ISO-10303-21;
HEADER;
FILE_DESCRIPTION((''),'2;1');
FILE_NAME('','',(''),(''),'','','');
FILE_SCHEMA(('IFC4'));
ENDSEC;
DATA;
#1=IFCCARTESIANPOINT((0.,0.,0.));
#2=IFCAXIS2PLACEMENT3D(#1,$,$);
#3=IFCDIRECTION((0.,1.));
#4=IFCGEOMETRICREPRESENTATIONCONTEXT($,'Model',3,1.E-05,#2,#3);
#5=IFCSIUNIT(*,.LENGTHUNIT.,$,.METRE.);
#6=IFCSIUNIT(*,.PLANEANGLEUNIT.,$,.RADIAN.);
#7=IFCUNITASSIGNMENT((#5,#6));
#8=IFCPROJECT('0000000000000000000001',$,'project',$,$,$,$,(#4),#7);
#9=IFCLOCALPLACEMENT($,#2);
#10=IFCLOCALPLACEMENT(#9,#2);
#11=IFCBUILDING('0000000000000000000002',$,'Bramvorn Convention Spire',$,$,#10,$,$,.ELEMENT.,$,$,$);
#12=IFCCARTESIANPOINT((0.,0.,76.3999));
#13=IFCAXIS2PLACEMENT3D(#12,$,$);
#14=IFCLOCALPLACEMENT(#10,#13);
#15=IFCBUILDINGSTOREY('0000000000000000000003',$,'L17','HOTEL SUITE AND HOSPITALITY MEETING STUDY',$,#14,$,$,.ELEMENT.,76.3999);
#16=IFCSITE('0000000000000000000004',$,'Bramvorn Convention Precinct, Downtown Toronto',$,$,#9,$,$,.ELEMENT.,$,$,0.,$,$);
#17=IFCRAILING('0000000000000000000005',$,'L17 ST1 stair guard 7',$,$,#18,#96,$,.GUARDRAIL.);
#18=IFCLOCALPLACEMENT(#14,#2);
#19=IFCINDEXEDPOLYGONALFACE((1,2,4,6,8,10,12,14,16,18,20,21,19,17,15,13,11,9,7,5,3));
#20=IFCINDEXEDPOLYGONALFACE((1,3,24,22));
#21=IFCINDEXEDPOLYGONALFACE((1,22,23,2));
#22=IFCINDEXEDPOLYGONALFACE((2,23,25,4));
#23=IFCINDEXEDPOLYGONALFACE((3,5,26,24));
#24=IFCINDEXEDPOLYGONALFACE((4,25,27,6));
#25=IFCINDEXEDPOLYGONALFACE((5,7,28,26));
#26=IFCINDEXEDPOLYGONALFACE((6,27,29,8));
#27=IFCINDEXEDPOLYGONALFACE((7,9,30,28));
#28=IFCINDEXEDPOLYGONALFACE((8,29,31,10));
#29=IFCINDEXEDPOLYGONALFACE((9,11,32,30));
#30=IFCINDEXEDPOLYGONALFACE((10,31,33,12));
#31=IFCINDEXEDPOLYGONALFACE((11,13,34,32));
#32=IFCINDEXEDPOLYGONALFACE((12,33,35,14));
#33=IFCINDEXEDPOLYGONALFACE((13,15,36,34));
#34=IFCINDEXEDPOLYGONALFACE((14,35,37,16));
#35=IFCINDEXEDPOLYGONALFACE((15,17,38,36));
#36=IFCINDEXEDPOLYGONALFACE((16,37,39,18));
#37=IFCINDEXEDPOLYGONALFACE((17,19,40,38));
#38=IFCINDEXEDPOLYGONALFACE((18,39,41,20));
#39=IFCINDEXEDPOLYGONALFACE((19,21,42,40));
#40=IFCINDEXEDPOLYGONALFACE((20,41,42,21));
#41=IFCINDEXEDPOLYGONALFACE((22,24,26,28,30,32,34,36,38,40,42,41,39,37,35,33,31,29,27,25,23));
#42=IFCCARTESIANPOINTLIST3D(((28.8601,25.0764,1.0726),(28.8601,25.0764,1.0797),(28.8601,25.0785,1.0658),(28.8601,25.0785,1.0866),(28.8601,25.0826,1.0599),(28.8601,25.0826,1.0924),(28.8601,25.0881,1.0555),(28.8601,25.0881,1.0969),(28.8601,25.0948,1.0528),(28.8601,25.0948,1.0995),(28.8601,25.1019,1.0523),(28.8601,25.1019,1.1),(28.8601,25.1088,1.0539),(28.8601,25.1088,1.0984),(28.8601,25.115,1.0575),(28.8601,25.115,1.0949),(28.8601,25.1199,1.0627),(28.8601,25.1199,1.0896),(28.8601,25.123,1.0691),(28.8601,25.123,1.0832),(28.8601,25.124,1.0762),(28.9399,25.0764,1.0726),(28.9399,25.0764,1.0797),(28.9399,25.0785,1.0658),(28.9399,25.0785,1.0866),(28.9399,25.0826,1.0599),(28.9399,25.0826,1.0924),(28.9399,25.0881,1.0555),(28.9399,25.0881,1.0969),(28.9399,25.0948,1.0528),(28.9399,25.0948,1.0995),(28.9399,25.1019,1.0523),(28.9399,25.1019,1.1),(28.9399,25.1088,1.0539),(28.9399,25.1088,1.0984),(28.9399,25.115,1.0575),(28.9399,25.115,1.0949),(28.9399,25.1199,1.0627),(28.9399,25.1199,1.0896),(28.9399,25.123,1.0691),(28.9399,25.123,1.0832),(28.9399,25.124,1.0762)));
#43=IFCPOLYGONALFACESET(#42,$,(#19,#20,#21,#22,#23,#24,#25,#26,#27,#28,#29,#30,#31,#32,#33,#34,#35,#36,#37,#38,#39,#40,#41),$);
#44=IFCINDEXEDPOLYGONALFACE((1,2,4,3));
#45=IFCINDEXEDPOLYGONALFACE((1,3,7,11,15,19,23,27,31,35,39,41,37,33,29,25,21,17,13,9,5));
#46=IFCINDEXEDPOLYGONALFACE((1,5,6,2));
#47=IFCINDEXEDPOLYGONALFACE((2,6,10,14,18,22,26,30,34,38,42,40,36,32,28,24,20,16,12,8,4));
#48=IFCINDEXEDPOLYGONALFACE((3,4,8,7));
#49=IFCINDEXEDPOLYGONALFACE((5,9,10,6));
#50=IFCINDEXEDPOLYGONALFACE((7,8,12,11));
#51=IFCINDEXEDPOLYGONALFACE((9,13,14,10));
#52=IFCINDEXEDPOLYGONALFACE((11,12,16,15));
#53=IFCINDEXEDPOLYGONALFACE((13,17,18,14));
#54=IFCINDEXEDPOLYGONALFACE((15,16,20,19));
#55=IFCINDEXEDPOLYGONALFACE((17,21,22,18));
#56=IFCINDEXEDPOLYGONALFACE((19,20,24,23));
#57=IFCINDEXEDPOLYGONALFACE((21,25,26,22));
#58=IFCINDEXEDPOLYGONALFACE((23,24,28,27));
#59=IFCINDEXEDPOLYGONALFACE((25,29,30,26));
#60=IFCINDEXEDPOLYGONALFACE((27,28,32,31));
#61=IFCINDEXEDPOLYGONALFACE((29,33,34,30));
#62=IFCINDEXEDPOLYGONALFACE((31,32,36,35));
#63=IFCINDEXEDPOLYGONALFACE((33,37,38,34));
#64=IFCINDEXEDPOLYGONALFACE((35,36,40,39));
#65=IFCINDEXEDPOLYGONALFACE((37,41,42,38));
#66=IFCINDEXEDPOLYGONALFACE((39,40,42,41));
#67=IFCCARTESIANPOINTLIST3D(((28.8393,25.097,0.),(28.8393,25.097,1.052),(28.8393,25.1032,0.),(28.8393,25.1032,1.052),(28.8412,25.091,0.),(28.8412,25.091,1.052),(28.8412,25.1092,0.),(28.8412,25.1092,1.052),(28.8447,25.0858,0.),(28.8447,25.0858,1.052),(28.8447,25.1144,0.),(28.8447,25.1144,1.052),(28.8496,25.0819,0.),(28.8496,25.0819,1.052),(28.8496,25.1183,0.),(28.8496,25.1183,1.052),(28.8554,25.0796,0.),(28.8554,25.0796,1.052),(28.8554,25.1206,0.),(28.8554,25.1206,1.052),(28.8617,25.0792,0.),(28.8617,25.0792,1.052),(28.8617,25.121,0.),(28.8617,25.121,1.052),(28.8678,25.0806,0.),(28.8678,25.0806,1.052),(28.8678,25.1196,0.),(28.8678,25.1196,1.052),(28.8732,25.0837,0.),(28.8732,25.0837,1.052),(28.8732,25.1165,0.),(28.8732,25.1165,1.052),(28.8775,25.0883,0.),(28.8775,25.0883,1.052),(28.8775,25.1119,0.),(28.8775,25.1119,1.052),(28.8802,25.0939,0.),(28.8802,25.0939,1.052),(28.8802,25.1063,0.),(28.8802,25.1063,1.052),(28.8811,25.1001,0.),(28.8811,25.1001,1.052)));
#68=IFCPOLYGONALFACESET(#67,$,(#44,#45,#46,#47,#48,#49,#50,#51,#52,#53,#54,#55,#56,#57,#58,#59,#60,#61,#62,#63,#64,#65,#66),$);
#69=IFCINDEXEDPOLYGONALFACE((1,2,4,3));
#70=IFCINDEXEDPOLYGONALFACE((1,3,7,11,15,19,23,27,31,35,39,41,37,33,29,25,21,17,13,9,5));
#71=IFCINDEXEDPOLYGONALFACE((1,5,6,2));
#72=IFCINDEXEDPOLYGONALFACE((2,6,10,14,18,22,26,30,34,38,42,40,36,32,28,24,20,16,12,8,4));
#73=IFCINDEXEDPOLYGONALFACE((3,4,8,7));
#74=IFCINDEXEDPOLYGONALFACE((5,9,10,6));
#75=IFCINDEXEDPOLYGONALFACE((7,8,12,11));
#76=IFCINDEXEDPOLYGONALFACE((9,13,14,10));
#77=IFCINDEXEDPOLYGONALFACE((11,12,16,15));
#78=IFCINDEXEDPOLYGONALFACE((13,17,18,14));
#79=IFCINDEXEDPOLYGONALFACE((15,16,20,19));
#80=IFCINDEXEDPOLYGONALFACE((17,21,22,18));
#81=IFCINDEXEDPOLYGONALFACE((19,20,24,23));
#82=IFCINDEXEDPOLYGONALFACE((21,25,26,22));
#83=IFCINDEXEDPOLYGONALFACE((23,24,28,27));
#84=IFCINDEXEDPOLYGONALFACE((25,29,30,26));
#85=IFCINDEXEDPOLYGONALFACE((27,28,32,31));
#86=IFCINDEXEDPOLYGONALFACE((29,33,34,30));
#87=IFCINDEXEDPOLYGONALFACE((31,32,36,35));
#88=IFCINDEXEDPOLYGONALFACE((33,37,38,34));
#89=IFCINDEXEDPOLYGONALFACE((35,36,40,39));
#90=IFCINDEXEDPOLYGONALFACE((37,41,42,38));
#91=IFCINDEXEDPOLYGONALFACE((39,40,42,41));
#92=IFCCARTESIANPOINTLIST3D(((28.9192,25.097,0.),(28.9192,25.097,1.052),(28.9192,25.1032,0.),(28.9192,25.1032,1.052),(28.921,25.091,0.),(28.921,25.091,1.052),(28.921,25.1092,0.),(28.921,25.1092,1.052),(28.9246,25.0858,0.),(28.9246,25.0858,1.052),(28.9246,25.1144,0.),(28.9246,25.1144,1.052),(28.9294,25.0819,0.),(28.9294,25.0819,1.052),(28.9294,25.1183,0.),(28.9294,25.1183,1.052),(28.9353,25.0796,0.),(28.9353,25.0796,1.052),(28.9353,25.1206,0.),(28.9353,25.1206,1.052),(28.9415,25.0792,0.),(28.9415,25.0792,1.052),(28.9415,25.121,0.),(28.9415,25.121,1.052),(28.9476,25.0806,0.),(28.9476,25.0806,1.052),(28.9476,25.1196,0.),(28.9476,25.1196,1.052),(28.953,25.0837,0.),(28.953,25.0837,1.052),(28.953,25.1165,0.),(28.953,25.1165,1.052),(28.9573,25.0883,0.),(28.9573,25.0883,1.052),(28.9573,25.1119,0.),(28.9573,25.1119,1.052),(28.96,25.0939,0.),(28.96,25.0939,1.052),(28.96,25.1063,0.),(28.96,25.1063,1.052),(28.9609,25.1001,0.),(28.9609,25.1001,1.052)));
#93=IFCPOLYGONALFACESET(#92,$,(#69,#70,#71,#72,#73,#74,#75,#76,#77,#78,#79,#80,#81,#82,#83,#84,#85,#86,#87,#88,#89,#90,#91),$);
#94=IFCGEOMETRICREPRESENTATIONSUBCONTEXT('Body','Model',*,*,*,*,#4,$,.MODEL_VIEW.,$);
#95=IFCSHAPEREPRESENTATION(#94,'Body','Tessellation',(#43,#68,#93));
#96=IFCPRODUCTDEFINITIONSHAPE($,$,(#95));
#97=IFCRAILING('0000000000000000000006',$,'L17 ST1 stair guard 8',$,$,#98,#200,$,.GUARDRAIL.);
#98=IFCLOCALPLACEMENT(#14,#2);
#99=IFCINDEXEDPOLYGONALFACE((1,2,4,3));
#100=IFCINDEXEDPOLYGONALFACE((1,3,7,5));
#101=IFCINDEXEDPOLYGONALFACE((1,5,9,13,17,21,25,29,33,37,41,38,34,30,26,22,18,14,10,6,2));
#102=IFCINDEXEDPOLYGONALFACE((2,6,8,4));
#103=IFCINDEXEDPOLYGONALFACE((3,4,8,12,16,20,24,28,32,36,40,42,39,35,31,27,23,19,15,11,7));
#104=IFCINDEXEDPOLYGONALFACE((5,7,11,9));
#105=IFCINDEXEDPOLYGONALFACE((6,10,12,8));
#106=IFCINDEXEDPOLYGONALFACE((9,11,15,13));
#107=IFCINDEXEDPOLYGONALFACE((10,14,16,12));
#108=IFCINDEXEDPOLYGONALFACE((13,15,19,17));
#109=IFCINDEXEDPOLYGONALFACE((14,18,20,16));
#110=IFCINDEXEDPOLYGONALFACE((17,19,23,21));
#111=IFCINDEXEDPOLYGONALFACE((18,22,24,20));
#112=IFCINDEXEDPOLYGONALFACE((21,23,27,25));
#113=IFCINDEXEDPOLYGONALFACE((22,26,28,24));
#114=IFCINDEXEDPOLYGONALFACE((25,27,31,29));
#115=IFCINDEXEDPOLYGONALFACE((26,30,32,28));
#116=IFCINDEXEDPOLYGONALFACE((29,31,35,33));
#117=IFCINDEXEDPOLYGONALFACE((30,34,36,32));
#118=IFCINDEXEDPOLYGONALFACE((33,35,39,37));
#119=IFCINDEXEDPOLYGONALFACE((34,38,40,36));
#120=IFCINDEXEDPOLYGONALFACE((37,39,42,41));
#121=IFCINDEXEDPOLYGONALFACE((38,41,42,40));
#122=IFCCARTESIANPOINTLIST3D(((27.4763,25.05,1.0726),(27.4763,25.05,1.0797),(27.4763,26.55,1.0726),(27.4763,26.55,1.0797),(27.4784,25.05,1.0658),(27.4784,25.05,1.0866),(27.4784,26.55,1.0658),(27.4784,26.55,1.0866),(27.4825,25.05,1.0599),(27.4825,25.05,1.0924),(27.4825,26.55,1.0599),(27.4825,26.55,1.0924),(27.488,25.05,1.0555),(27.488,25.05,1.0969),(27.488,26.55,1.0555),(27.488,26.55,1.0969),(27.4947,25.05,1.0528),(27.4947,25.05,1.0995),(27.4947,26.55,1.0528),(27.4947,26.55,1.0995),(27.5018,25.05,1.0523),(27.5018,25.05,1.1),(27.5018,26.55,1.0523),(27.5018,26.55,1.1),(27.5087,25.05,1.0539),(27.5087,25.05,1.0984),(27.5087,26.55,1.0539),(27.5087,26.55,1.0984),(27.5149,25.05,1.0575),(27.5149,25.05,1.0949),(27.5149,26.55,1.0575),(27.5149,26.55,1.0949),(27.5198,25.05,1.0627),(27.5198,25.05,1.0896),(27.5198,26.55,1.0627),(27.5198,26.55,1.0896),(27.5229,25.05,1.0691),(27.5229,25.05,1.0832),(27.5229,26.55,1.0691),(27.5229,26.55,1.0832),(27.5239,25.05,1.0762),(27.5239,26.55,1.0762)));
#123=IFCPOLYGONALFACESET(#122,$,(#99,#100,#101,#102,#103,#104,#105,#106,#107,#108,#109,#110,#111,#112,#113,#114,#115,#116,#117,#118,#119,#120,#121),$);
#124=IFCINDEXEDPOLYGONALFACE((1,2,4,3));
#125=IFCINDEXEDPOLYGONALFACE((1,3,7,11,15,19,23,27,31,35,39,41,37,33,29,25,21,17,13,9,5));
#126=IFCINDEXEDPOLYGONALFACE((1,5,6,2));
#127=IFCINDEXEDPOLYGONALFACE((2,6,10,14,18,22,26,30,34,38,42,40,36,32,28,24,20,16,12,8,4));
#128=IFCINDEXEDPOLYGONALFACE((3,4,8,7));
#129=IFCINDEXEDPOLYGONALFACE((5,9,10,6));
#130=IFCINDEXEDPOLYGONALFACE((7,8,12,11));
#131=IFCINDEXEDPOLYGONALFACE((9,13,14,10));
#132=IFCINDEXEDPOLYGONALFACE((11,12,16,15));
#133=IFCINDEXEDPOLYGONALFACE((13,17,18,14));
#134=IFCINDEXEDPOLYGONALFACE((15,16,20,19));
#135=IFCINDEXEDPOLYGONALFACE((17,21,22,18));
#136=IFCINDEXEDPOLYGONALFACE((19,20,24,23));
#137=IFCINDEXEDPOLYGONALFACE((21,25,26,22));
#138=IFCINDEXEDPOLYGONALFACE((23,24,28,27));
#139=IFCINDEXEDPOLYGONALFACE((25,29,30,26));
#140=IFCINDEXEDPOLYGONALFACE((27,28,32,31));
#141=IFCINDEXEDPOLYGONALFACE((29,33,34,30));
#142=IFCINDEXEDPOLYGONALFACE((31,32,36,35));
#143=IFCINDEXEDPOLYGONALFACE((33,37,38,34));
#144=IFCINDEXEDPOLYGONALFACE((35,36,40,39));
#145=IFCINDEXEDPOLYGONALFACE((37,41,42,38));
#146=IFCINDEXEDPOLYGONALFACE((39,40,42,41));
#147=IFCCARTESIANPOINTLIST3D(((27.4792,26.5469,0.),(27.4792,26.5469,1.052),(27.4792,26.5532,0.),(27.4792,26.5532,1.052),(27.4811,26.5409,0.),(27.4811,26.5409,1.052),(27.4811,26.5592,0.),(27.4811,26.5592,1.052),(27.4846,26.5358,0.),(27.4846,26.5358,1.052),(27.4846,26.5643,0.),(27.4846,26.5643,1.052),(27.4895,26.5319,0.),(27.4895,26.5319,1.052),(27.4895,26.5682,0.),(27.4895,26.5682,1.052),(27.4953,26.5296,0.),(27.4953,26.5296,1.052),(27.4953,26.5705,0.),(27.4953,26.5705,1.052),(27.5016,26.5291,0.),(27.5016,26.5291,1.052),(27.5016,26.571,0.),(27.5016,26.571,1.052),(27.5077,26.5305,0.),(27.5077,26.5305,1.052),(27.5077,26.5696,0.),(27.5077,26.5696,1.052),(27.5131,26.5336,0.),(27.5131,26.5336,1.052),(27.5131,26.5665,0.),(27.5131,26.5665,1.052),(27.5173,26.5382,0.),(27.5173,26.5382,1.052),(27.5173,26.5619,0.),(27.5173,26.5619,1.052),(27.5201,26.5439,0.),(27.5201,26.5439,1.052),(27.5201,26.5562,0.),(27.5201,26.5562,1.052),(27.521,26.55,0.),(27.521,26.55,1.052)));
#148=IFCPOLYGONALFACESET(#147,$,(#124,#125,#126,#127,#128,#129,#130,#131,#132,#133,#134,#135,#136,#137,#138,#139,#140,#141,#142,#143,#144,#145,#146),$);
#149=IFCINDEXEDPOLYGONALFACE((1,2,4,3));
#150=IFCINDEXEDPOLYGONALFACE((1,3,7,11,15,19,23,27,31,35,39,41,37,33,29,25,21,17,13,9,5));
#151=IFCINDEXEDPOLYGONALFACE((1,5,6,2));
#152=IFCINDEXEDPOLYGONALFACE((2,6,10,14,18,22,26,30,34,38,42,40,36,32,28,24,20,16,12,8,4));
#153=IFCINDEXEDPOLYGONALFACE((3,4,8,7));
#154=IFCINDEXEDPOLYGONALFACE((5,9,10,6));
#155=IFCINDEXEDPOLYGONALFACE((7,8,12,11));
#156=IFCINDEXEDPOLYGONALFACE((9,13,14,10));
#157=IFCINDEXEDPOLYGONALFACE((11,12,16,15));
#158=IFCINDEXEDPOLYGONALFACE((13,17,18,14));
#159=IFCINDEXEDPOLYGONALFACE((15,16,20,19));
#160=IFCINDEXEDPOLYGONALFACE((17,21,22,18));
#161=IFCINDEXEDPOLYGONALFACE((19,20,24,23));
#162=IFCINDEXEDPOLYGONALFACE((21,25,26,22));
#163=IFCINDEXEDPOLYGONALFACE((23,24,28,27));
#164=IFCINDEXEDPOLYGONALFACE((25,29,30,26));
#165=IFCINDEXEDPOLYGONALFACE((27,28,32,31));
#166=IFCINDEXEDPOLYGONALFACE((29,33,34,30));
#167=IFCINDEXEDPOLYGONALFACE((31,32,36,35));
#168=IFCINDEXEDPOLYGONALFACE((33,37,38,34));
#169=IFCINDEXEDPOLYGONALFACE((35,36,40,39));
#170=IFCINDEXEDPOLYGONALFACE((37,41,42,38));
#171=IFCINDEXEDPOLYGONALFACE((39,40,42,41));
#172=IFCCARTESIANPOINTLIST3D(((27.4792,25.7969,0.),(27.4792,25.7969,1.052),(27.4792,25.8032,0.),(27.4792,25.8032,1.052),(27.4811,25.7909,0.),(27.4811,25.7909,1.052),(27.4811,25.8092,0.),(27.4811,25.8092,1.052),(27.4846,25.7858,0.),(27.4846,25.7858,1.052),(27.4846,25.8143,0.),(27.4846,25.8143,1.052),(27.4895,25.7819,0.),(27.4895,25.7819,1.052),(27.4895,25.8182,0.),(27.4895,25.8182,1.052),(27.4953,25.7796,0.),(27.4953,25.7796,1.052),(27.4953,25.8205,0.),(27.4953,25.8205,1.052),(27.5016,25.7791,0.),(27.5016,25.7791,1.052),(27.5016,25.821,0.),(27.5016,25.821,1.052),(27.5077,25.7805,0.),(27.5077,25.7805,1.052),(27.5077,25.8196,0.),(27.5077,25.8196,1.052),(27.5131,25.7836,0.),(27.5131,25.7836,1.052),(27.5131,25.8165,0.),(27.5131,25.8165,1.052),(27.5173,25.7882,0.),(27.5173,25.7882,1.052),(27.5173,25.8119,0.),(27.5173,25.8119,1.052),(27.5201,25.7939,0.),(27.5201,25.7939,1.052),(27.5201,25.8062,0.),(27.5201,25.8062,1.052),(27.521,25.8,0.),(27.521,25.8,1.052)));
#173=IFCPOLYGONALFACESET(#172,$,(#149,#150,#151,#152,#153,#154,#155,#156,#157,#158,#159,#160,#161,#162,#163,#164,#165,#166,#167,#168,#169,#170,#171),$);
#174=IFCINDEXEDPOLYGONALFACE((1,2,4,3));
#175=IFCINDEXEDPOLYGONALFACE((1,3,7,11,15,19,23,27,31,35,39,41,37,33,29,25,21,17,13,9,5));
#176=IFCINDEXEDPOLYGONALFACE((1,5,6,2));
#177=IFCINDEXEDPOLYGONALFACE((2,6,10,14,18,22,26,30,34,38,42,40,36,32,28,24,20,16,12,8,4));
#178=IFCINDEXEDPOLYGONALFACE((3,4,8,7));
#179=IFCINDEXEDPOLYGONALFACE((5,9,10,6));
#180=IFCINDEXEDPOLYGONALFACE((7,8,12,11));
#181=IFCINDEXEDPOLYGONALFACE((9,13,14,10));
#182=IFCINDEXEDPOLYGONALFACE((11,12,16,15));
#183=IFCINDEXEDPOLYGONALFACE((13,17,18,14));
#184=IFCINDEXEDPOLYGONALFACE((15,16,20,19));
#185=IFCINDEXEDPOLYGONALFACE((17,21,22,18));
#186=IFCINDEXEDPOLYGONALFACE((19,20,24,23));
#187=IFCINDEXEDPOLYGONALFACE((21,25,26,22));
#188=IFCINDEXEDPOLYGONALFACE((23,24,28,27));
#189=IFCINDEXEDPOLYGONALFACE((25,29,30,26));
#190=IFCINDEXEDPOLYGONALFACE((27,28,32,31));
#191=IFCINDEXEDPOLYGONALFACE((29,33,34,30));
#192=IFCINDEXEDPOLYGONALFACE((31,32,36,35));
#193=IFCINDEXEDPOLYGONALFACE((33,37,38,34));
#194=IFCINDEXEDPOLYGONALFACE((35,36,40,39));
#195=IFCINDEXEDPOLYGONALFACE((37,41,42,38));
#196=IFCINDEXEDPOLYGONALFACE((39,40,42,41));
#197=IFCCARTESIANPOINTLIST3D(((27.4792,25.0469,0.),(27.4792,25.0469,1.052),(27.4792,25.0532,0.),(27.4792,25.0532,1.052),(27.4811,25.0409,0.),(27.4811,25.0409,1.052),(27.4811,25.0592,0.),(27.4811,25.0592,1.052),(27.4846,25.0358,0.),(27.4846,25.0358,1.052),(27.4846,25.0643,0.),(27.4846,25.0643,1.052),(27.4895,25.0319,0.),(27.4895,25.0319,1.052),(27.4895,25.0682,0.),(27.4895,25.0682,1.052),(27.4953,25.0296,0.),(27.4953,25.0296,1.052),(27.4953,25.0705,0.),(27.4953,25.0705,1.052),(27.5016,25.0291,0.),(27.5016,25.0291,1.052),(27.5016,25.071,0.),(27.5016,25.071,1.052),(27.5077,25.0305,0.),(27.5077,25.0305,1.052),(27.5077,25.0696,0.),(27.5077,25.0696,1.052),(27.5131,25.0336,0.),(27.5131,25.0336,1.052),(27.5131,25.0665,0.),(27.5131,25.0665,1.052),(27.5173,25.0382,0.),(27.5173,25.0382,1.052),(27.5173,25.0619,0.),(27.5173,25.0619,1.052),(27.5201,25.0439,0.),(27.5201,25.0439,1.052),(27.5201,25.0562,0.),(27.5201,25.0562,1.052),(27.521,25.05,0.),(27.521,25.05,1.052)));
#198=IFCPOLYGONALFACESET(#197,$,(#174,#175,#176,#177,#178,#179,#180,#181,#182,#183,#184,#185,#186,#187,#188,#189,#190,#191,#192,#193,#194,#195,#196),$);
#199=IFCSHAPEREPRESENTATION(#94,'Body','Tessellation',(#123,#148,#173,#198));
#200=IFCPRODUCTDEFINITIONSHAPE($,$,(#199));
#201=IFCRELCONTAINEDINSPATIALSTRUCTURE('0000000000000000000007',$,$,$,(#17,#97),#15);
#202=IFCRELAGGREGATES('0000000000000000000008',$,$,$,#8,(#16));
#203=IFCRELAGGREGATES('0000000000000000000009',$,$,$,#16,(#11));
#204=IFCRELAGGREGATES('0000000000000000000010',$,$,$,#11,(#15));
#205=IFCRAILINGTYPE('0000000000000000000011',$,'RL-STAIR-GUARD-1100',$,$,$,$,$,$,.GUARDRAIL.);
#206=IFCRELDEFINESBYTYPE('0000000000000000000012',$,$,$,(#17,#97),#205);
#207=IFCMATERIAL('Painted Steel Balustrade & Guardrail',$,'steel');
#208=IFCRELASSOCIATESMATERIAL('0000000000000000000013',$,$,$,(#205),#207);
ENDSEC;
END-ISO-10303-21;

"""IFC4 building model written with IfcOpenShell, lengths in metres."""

from ifc_helpers import new_model, si_unit, direction, frame, origin, origin_2d, place, context, subcontext, project, spatial, circle, extrude, material, type_object, element, save


model = new_model("IFC4")

# Units and contexts
model_context = context("Model", 3, precision=1e-05, world=origin(), true_north=direction((0.0, 1.0)))
body_context = subcontext(model_context, "Body", "Model", "MODEL_VIEW")
ifc_project = project(units=[si_unit("LENGTHUNIT", "METRE"), si_unit("PLANEANGLEUNIT", "RADIAN")], contexts=[model_context])

# Site, building, storey
site_placement = place(None, origin())
site = spatial("IfcSite", under=ifc_project, at=site_placement, Name="Bramvorn Convention Precinct, Downtown Toronto", CompositionType="ELEMENT", RefElevation=0.0)
building_placement = place(site_placement, origin())
building = spatial("IfcBuilding", under=site, at=building_placement, Name="Bramvorn Convention Spire", CompositionType="ELEMENT")
storey_placement = place(building_placement, frame((0.0, 0.0, 76.3999)))
storey = spatial("IfcBuildingStorey", under=building, at=storey_placement, Name="L17", Description="HOTEL SUITE AND HOSPITALITY MEETING STUDY", CompositionType="ELEMENT", Elevation=76.3999)

# Railings
ifc_material_1 = material(Name="Painted Steel Balustrade & Guardrail", Category="steel")
railing_type = type_object("IfcRailingType", Name="RL-STAIR-GUARD-1100", PredefinedType="GUARDRAIL", material=ifc_material_1)
railing_1_placement = place(storey_placement, frame((28.8601, 25.1001, 0.0)))
element("IfcRailing", 1, at=railing_1_placement, inside=storey, type_object=railing_type, Name="L17 ST1 stair guard 7", PredefinedType="GUARDRAIL", context=body_context, shape_type="SweptSolid", body=[
    extrude(circle(Radius=0.0239, at=origin_2d()), frame((0.0, 0.0, 1.0762), z_axis=(1.0, 0.0, 0.0), x_axis=(0.0, 1.0, 0.0)), (0.0, 0.0, 1.0), 0.0798),
    extrude(circle(Radius=0.021, at=origin_2d()), origin(), (0.0, 0.0, 1.0), 1.052),
    extrude(circle(Radius=0.021, at=origin_2d()), frame((0.0798, 0.0, 0.0)), (0.0, 0.0, 1.0), 1.052),
])
for number, where, name in (
    (2, (27.5, 26.55, 0.0), "L17 ST1 stair guard 8"),
):
    element("IfcRailing", number, at=place(storey_placement, frame(where)), inside=storey, type_object=railing_type, Name=name, PredefinedType="GUARDRAIL", context=body_context, shape_type="SweptSolid", body=[
        extrude(circle(Radius=0.0239, at=origin_2d()), frame((0.0, 0.0, 1.0762), z_axis=(0.0, -1.0, 0.0), x_axis=(1.0, 0.0, 0.0)), (0.0, 0.0, 1.0), 1.5),
        extrude(circle(Radius=0.021, at=origin_2d()), origin(), (0.0, 0.0, 1.0), 1.052),
        extrude(circle(Radius=0.021, at=origin_2d()), frame((0.0, -0.75, 0.0)), (0.0, 0.0, 1.0), 1.052),
        extrude(circle(Radius=0.021, at=origin_2d()), frame((0.0, -1.5, 0.0)), (0.0, 0.0, 1.0), 1.052),
    ])

save(model, "model.ifc")
